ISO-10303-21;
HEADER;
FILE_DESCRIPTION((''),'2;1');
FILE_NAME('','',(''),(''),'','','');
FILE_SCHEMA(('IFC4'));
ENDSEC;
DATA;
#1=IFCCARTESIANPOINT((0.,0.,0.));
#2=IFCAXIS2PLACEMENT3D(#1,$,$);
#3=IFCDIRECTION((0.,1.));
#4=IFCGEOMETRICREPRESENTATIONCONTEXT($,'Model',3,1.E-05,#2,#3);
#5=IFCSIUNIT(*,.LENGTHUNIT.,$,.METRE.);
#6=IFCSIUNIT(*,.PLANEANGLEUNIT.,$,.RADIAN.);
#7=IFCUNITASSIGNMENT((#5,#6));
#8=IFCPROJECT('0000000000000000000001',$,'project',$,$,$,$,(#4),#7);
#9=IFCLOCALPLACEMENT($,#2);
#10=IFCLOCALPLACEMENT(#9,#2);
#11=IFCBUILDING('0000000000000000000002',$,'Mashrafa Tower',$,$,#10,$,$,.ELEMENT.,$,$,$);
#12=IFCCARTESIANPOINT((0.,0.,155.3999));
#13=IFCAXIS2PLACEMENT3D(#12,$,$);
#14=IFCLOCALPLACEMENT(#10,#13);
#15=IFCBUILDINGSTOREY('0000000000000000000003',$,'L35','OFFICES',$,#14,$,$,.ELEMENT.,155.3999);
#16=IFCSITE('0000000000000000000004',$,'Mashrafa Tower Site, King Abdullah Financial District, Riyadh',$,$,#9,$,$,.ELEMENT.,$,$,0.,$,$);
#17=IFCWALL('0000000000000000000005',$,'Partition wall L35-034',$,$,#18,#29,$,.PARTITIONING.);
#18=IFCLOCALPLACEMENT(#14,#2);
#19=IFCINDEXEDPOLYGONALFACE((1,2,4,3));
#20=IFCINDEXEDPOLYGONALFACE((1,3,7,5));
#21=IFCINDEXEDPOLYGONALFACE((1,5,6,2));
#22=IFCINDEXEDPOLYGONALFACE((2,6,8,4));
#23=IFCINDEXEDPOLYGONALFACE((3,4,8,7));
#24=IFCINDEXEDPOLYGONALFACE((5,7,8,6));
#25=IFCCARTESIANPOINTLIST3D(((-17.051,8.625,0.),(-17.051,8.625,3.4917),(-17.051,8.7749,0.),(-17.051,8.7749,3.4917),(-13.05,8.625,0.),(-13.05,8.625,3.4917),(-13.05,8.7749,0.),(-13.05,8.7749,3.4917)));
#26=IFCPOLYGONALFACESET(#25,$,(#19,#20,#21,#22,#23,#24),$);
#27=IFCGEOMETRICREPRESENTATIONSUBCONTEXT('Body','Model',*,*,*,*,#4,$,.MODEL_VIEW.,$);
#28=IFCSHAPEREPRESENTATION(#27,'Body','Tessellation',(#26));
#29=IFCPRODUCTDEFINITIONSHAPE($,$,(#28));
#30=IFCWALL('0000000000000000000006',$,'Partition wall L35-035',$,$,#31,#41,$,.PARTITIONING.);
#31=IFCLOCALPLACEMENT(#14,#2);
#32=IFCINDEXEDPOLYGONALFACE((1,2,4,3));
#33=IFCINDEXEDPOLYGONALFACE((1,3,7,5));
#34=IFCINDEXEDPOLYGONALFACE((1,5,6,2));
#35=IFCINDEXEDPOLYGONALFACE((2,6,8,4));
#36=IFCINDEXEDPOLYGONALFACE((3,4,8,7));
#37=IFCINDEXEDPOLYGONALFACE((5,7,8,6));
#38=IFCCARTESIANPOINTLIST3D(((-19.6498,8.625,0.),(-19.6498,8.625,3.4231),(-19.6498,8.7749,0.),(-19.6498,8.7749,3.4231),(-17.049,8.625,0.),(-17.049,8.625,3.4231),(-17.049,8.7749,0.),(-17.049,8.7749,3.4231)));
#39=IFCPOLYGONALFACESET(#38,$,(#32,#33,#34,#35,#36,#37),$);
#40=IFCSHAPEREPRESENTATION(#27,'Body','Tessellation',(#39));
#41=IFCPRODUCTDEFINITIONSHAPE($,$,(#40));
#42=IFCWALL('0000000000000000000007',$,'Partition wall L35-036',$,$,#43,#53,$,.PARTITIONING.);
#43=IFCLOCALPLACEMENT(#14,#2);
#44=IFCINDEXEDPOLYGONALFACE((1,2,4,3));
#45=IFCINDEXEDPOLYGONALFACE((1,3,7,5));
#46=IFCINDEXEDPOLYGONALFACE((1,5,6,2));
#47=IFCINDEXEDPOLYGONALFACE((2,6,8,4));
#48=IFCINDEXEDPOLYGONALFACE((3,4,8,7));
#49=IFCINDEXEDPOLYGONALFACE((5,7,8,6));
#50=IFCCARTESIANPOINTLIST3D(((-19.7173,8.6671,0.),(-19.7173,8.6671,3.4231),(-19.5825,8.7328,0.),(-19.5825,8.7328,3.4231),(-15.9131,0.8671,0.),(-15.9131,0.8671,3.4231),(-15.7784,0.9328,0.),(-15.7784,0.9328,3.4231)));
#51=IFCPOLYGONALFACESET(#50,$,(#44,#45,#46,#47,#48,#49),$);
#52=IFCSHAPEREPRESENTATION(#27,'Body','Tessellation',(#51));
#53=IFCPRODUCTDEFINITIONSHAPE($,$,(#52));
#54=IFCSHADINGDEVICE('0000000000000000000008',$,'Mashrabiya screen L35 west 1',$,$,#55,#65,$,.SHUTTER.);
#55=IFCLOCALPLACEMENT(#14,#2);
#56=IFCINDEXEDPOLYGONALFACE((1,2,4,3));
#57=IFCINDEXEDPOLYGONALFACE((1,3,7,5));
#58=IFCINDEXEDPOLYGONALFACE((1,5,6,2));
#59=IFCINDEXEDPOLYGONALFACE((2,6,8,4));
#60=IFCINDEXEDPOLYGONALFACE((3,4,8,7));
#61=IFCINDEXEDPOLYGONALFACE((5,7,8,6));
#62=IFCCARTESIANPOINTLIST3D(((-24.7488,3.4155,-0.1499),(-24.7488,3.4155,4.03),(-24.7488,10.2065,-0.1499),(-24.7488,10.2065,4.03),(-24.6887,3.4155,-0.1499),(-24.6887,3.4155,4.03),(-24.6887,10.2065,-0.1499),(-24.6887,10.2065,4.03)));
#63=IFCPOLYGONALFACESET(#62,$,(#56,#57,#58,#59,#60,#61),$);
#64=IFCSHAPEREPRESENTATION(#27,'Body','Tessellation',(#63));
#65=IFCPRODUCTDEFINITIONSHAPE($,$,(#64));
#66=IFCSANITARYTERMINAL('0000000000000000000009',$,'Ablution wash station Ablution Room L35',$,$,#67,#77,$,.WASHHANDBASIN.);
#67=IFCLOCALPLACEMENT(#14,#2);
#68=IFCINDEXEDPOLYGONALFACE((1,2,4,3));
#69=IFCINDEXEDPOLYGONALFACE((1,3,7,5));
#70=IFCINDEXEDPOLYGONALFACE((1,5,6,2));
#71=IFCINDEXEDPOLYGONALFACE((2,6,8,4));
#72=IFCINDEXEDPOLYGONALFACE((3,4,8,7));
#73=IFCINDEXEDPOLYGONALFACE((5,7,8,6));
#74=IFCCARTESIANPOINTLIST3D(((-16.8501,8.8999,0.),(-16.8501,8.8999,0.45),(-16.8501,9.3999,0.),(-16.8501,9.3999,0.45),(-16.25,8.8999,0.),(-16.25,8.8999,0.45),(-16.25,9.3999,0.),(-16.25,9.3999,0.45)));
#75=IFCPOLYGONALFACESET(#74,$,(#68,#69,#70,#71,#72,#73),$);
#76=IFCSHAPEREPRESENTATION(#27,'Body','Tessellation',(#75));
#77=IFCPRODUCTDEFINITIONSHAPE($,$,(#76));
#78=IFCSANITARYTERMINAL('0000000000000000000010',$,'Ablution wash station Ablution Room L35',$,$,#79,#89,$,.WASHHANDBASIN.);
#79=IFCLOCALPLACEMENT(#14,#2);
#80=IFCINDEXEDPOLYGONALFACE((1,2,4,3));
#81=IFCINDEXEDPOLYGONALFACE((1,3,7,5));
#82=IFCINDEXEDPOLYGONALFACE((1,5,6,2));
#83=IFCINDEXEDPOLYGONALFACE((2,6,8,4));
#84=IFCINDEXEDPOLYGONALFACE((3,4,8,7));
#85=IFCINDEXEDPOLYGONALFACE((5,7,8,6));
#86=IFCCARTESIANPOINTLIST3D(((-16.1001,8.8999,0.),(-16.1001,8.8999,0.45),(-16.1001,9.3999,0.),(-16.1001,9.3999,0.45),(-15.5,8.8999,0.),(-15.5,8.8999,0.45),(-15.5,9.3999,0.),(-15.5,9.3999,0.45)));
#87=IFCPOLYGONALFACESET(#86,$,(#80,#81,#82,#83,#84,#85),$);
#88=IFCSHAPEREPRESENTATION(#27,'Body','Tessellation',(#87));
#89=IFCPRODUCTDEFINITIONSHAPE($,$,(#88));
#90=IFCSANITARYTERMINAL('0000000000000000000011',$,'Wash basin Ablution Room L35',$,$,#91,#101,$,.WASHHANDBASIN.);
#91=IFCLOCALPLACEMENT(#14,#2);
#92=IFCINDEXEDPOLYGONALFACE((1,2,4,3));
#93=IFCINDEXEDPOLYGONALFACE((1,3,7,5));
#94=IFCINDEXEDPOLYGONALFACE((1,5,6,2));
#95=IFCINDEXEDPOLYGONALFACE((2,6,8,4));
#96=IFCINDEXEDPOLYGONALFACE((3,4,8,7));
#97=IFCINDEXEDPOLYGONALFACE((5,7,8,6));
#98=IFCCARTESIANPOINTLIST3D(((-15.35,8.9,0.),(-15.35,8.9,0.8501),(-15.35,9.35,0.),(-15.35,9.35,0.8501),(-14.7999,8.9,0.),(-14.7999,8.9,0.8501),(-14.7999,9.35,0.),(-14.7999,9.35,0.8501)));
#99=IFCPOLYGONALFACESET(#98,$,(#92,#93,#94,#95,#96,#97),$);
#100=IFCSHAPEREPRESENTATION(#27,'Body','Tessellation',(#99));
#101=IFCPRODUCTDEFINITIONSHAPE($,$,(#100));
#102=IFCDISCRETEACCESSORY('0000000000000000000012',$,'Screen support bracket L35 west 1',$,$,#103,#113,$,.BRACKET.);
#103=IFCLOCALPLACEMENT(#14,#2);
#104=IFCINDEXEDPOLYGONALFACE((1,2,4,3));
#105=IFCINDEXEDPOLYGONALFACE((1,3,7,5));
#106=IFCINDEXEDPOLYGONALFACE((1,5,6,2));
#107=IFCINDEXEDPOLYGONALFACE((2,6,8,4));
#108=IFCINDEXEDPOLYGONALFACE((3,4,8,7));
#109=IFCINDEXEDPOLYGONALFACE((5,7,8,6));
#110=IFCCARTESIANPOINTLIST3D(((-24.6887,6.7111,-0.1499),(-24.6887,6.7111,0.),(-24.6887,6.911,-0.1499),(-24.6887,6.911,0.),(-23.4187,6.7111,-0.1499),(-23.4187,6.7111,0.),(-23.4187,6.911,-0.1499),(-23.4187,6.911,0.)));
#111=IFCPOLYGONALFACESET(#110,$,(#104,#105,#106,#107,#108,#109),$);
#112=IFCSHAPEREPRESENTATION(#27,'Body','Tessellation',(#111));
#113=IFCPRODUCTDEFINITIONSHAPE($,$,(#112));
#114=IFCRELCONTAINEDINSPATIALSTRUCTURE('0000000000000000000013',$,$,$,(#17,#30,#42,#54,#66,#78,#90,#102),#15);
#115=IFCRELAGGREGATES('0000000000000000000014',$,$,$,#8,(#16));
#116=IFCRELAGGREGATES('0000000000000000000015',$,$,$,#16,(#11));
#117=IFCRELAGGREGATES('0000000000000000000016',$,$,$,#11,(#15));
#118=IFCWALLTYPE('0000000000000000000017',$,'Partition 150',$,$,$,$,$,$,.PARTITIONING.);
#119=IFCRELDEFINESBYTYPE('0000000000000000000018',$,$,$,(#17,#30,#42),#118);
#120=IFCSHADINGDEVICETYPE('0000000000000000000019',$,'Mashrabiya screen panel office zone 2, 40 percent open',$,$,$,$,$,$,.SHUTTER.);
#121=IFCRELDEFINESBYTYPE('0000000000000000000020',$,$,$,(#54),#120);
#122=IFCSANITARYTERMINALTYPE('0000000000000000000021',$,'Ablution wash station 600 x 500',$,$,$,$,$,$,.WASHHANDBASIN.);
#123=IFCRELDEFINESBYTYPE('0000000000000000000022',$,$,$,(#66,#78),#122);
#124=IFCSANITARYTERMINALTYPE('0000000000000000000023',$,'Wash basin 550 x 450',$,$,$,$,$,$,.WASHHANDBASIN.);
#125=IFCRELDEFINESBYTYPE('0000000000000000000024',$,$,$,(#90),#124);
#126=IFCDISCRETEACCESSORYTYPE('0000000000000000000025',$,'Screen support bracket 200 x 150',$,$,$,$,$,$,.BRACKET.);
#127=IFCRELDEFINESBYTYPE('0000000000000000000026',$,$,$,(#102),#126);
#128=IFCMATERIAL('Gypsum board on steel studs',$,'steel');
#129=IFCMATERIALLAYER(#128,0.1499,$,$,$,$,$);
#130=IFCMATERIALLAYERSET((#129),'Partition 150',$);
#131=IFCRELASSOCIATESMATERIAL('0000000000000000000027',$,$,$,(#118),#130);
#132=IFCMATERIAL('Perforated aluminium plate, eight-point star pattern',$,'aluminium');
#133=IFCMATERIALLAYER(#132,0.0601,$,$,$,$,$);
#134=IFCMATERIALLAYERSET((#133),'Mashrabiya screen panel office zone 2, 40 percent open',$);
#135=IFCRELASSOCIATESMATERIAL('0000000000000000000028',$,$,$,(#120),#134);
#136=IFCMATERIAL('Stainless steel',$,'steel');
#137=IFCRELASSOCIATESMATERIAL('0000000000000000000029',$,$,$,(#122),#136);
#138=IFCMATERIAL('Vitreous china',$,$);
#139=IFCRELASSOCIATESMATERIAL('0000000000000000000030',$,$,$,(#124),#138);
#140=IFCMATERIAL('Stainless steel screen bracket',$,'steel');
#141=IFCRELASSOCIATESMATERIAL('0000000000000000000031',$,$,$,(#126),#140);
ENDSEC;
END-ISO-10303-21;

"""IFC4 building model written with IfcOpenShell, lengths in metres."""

from ifc_helpers import new_model, si_unit, direction, frame, frame_2d, origin, origin_2d, place, context, subcontext, project, spatial, rectangle, extrude, source, transform, mapped, material, layer, layer_set, type_object, type_shapes, element, save


model = new_model("IFC4")

# Units and contexts
model_context = context("Model", 3, precision=1e-05, world=origin(), true_north=direction((0.0, 1.0)))
body_context = subcontext(model_context, "Body", "Model", "MODEL_VIEW")
ifc_project = project(units=[si_unit("LENGTHUNIT", "METRE"), si_unit("PLANEANGLEUNIT", "RADIAN")], contexts=[model_context])

# Site, building, storey
site_placement = place(None, origin())
site = spatial("IfcSite", under=ifc_project, at=site_placement, Name="Mashrafa Tower Site, King Abdullah Financial District, Riyadh", CompositionType="ELEMENT", RefElevation=0.0)
building_placement = place(site_placement, origin())
building = spatial("IfcBuilding", under=site, at=building_placement, Name="Mashrafa Tower", CompositionType="ELEMENT")
storey_placement = place(building_placement, frame((0.0, 0.0, 155.3999)))
storey = spatial("IfcBuildingStorey", under=building, at=storey_placement, Name="L35", Description="OFFICES", CompositionType="ELEMENT", Elevation=155.3999)

# Walls
ifc_material_1 = material(Name="Gypsum board on steel studs", Category="steel")
ifc_layer_1 = layer(ifc_material_1, 0.1499)
ifc_layer_set_1 = layer_set([ifc_layer_1], Name="Partition 150")
wall_type_1 = type_object("IfcWallType", Name="Partition 150", PredefinedType="PARTITIONING", material=ifc_layer_set_1)
wall_1_placement = place(storey_placement, frame((-13.05, 8.7, 0.0), z_axis=(0.0, 0.0, 1.0), x_axis=(-1.0, 0.0, 0.0)))
element("IfcWall", 1, at=wall_1_placement, inside=storey, type_object=wall_type_1, Name="Partition wall L35-034", PredefinedType="PARTITIONING", context=body_context, shape_type="SweptSolid", body=[
    extrude(rectangle(XDim=4.001, YDim=0.1499, at=frame_2d((2.0005, 0.0))), origin(), (0.0, 0.0, 1.0), 3.4917),
])
wall_2_placement = place(storey_placement, frame((-17.0491, 8.7, 0.0), z_axis=(0.0, 0.0, 1.0), x_axis=(-1.0, 0.0, 0.0)))
element("IfcWall", 2, at=wall_2_placement, inside=storey, type_object=wall_type_1, Name="Partition wall L35-035", PredefinedType="PARTITIONING", context=body_context, shape_type="SweptSolid", body=[
    extrude(rectangle(XDim=2.6008, YDim=0.1499, at=frame_2d((1.3003, 0.0))), origin(), (0.0, 0.0, 1.0), 3.4231),
])
wall_3_placement = place(storey_placement, frame((-19.6499, 8.7, 0.0), z_axis=(0.0, 0.0, 1.0), x_axis=(0.438358, -0.8988, 0.0)))
element("IfcWall", 3, at=wall_3_placement, inside=storey, type_object=wall_type_1, Name="Partition wall L35-036", PredefinedType="PARTITIONING", context=body_context, shape_type="SweptSolid", body=[
    extrude(rectangle(XDim=8.6782, YDim=0.1499, at=frame_2d((4.3391, 0.0))), origin(), (0.0, 0.0, 1.0), 3.4231),
])

# Shading device
ifc_material_2 = material(Name="Perforated aluminium plate, eight-point star pattern", Category="aluminium")
ifc_layer_2 = layer(ifc_material_2, 0.0601)
ifc_layer_set_2 = layer_set([ifc_layer_2], Name="Mashrabiya screen panel office zone 2, 40 percent open")
shading_device_type = type_object("IfcShadingDeviceType", Name="Mashrabiya screen panel office zone 2, 40 percent open", PredefinedType="SHUTTER", material=ifc_layer_set_2)
shared_shape_1 = source(origin(), body_context, "Body", "SweptSolid", [
    extrude(rectangle(XDim=6.791, YDim=0.0601, at=origin_2d()), origin(), (0.0, 0.0, 1.0), 4.1799),
])
type_shapes(shading_device_type, [shared_shape_1])
shading_device_placement = place(storey_placement, frame((-24.7188, 6.811, -0.1499), z_axis=(0.0, 0.0, 1.0), x_axis=(0.0, -1.0, 0.0)))
element("IfcShadingDevice", 4, at=shading_device_placement, inside=storey, type_object=shading_device_type, Name="Mashrabiya screen L35 west 1", PredefinedType="SHUTTER", context=body_context, shape_type="MappedRepresentation", body=[
    mapped(shared_shape_1, transform((0.0, 0.0, 0.0))),
])

# Sanitary terminals
ifc_material_3 = material(Name="Stainless steel", Category="steel")
sanitary_terminal_type_1 = type_object("IfcSanitaryTerminalType", Name="Ablution wash station 600 x 500", PredefinedType="WASHHANDBASIN", material=ifc_material_3)
for number, where, z_axis, x_axis, name in (
    (5, (-16.55, 9.1499, 0.0), (0.0, 0.0, 1.0), (1.0, 0.0, 0.0), "Ablution wash station Ablution Room L35"),
    (6, (-15.8, 9.1499, 0.0), (0.0, 0.0, 1.0), (1.0, 0.0, 0.0), "Ablution wash station Ablution Room L35"),
):
    element("IfcSanitaryTerminal", number, at=place(storey_placement, frame(where, z_axis=z_axis, x_axis=x_axis)), inside=storey, type_object=sanitary_terminal_type_1, Name=name, PredefinedType="WASHHANDBASIN", context=body_context, shape_type="SweptSolid", body=[
        extrude(rectangle(XDim=0.6001, YDim=0.5, at=origin_2d()), origin(), (0.0, 0.0, 1.0), 0.45),
    ])
ifc_material_4 = material(Name="Vitreous china")
sanitary_terminal_type_2 = type_object("IfcSanitaryTerminalType", Name="Wash basin 550 x 450", PredefinedType="WASHHANDBASIN", material=ifc_material_4)
sanitary_terminal_placement = place(storey_placement, frame((-15.075, 9.125, 0.0), z_axis=(0.0, 0.0, 1.0), x_axis=(1.0, 0.0, 0.0)))
element("IfcSanitaryTerminal", 7, at=sanitary_terminal_placement, inside=storey, type_object=sanitary_terminal_type_2, Name="Wash basin Ablution Room L35", PredefinedType="WASHHANDBASIN", context=body_context, shape_type="SweptSolid", body=[
    extrude(rectangle(XDim=0.55, YDim=0.45, at=origin_2d()), origin(), (0.0, 0.0, 1.0), 0.8501),
])

# Discrete accessory
ifc_material_5 = material(Name="Stainless steel screen bracket", Category="steel")
discrete_accessory_type = type_object("IfcDiscreteAccessoryType", Name="Screen support bracket 200 x 150", PredefinedType="BRACKET", material=ifc_material_5)
shared_shape_2 = source(origin(), body_context, "Body", "SweptSolid", [
    extrude(rectangle(XDim=0.2, YDim=1.27, at=origin_2d()), origin(), (0.0, 0.0, 1.0), 0.1499),
])
type_shapes(discrete_accessory_type, [shared_shape_2])
discrete_accessory_placement = place(storey_placement, frame((-24.0537, 6.811, -0.1499), z_axis=(0.0, 0.0, 1.0), x_axis=(0.0, -1.0, 0.0)))
element("IfcDiscreteAccessory", 8, at=discrete_accessory_placement, inside=storey, type_object=discrete_accessory_type, Name="Screen support bracket L35 west 1", PredefinedType="BRACKET", context=body_context, shape_type="MappedRepresentation", body=[
    mapped(shared_shape_2, transform((0.0, 0.0, 0.0))),
])

save(model, "model.ifc")
